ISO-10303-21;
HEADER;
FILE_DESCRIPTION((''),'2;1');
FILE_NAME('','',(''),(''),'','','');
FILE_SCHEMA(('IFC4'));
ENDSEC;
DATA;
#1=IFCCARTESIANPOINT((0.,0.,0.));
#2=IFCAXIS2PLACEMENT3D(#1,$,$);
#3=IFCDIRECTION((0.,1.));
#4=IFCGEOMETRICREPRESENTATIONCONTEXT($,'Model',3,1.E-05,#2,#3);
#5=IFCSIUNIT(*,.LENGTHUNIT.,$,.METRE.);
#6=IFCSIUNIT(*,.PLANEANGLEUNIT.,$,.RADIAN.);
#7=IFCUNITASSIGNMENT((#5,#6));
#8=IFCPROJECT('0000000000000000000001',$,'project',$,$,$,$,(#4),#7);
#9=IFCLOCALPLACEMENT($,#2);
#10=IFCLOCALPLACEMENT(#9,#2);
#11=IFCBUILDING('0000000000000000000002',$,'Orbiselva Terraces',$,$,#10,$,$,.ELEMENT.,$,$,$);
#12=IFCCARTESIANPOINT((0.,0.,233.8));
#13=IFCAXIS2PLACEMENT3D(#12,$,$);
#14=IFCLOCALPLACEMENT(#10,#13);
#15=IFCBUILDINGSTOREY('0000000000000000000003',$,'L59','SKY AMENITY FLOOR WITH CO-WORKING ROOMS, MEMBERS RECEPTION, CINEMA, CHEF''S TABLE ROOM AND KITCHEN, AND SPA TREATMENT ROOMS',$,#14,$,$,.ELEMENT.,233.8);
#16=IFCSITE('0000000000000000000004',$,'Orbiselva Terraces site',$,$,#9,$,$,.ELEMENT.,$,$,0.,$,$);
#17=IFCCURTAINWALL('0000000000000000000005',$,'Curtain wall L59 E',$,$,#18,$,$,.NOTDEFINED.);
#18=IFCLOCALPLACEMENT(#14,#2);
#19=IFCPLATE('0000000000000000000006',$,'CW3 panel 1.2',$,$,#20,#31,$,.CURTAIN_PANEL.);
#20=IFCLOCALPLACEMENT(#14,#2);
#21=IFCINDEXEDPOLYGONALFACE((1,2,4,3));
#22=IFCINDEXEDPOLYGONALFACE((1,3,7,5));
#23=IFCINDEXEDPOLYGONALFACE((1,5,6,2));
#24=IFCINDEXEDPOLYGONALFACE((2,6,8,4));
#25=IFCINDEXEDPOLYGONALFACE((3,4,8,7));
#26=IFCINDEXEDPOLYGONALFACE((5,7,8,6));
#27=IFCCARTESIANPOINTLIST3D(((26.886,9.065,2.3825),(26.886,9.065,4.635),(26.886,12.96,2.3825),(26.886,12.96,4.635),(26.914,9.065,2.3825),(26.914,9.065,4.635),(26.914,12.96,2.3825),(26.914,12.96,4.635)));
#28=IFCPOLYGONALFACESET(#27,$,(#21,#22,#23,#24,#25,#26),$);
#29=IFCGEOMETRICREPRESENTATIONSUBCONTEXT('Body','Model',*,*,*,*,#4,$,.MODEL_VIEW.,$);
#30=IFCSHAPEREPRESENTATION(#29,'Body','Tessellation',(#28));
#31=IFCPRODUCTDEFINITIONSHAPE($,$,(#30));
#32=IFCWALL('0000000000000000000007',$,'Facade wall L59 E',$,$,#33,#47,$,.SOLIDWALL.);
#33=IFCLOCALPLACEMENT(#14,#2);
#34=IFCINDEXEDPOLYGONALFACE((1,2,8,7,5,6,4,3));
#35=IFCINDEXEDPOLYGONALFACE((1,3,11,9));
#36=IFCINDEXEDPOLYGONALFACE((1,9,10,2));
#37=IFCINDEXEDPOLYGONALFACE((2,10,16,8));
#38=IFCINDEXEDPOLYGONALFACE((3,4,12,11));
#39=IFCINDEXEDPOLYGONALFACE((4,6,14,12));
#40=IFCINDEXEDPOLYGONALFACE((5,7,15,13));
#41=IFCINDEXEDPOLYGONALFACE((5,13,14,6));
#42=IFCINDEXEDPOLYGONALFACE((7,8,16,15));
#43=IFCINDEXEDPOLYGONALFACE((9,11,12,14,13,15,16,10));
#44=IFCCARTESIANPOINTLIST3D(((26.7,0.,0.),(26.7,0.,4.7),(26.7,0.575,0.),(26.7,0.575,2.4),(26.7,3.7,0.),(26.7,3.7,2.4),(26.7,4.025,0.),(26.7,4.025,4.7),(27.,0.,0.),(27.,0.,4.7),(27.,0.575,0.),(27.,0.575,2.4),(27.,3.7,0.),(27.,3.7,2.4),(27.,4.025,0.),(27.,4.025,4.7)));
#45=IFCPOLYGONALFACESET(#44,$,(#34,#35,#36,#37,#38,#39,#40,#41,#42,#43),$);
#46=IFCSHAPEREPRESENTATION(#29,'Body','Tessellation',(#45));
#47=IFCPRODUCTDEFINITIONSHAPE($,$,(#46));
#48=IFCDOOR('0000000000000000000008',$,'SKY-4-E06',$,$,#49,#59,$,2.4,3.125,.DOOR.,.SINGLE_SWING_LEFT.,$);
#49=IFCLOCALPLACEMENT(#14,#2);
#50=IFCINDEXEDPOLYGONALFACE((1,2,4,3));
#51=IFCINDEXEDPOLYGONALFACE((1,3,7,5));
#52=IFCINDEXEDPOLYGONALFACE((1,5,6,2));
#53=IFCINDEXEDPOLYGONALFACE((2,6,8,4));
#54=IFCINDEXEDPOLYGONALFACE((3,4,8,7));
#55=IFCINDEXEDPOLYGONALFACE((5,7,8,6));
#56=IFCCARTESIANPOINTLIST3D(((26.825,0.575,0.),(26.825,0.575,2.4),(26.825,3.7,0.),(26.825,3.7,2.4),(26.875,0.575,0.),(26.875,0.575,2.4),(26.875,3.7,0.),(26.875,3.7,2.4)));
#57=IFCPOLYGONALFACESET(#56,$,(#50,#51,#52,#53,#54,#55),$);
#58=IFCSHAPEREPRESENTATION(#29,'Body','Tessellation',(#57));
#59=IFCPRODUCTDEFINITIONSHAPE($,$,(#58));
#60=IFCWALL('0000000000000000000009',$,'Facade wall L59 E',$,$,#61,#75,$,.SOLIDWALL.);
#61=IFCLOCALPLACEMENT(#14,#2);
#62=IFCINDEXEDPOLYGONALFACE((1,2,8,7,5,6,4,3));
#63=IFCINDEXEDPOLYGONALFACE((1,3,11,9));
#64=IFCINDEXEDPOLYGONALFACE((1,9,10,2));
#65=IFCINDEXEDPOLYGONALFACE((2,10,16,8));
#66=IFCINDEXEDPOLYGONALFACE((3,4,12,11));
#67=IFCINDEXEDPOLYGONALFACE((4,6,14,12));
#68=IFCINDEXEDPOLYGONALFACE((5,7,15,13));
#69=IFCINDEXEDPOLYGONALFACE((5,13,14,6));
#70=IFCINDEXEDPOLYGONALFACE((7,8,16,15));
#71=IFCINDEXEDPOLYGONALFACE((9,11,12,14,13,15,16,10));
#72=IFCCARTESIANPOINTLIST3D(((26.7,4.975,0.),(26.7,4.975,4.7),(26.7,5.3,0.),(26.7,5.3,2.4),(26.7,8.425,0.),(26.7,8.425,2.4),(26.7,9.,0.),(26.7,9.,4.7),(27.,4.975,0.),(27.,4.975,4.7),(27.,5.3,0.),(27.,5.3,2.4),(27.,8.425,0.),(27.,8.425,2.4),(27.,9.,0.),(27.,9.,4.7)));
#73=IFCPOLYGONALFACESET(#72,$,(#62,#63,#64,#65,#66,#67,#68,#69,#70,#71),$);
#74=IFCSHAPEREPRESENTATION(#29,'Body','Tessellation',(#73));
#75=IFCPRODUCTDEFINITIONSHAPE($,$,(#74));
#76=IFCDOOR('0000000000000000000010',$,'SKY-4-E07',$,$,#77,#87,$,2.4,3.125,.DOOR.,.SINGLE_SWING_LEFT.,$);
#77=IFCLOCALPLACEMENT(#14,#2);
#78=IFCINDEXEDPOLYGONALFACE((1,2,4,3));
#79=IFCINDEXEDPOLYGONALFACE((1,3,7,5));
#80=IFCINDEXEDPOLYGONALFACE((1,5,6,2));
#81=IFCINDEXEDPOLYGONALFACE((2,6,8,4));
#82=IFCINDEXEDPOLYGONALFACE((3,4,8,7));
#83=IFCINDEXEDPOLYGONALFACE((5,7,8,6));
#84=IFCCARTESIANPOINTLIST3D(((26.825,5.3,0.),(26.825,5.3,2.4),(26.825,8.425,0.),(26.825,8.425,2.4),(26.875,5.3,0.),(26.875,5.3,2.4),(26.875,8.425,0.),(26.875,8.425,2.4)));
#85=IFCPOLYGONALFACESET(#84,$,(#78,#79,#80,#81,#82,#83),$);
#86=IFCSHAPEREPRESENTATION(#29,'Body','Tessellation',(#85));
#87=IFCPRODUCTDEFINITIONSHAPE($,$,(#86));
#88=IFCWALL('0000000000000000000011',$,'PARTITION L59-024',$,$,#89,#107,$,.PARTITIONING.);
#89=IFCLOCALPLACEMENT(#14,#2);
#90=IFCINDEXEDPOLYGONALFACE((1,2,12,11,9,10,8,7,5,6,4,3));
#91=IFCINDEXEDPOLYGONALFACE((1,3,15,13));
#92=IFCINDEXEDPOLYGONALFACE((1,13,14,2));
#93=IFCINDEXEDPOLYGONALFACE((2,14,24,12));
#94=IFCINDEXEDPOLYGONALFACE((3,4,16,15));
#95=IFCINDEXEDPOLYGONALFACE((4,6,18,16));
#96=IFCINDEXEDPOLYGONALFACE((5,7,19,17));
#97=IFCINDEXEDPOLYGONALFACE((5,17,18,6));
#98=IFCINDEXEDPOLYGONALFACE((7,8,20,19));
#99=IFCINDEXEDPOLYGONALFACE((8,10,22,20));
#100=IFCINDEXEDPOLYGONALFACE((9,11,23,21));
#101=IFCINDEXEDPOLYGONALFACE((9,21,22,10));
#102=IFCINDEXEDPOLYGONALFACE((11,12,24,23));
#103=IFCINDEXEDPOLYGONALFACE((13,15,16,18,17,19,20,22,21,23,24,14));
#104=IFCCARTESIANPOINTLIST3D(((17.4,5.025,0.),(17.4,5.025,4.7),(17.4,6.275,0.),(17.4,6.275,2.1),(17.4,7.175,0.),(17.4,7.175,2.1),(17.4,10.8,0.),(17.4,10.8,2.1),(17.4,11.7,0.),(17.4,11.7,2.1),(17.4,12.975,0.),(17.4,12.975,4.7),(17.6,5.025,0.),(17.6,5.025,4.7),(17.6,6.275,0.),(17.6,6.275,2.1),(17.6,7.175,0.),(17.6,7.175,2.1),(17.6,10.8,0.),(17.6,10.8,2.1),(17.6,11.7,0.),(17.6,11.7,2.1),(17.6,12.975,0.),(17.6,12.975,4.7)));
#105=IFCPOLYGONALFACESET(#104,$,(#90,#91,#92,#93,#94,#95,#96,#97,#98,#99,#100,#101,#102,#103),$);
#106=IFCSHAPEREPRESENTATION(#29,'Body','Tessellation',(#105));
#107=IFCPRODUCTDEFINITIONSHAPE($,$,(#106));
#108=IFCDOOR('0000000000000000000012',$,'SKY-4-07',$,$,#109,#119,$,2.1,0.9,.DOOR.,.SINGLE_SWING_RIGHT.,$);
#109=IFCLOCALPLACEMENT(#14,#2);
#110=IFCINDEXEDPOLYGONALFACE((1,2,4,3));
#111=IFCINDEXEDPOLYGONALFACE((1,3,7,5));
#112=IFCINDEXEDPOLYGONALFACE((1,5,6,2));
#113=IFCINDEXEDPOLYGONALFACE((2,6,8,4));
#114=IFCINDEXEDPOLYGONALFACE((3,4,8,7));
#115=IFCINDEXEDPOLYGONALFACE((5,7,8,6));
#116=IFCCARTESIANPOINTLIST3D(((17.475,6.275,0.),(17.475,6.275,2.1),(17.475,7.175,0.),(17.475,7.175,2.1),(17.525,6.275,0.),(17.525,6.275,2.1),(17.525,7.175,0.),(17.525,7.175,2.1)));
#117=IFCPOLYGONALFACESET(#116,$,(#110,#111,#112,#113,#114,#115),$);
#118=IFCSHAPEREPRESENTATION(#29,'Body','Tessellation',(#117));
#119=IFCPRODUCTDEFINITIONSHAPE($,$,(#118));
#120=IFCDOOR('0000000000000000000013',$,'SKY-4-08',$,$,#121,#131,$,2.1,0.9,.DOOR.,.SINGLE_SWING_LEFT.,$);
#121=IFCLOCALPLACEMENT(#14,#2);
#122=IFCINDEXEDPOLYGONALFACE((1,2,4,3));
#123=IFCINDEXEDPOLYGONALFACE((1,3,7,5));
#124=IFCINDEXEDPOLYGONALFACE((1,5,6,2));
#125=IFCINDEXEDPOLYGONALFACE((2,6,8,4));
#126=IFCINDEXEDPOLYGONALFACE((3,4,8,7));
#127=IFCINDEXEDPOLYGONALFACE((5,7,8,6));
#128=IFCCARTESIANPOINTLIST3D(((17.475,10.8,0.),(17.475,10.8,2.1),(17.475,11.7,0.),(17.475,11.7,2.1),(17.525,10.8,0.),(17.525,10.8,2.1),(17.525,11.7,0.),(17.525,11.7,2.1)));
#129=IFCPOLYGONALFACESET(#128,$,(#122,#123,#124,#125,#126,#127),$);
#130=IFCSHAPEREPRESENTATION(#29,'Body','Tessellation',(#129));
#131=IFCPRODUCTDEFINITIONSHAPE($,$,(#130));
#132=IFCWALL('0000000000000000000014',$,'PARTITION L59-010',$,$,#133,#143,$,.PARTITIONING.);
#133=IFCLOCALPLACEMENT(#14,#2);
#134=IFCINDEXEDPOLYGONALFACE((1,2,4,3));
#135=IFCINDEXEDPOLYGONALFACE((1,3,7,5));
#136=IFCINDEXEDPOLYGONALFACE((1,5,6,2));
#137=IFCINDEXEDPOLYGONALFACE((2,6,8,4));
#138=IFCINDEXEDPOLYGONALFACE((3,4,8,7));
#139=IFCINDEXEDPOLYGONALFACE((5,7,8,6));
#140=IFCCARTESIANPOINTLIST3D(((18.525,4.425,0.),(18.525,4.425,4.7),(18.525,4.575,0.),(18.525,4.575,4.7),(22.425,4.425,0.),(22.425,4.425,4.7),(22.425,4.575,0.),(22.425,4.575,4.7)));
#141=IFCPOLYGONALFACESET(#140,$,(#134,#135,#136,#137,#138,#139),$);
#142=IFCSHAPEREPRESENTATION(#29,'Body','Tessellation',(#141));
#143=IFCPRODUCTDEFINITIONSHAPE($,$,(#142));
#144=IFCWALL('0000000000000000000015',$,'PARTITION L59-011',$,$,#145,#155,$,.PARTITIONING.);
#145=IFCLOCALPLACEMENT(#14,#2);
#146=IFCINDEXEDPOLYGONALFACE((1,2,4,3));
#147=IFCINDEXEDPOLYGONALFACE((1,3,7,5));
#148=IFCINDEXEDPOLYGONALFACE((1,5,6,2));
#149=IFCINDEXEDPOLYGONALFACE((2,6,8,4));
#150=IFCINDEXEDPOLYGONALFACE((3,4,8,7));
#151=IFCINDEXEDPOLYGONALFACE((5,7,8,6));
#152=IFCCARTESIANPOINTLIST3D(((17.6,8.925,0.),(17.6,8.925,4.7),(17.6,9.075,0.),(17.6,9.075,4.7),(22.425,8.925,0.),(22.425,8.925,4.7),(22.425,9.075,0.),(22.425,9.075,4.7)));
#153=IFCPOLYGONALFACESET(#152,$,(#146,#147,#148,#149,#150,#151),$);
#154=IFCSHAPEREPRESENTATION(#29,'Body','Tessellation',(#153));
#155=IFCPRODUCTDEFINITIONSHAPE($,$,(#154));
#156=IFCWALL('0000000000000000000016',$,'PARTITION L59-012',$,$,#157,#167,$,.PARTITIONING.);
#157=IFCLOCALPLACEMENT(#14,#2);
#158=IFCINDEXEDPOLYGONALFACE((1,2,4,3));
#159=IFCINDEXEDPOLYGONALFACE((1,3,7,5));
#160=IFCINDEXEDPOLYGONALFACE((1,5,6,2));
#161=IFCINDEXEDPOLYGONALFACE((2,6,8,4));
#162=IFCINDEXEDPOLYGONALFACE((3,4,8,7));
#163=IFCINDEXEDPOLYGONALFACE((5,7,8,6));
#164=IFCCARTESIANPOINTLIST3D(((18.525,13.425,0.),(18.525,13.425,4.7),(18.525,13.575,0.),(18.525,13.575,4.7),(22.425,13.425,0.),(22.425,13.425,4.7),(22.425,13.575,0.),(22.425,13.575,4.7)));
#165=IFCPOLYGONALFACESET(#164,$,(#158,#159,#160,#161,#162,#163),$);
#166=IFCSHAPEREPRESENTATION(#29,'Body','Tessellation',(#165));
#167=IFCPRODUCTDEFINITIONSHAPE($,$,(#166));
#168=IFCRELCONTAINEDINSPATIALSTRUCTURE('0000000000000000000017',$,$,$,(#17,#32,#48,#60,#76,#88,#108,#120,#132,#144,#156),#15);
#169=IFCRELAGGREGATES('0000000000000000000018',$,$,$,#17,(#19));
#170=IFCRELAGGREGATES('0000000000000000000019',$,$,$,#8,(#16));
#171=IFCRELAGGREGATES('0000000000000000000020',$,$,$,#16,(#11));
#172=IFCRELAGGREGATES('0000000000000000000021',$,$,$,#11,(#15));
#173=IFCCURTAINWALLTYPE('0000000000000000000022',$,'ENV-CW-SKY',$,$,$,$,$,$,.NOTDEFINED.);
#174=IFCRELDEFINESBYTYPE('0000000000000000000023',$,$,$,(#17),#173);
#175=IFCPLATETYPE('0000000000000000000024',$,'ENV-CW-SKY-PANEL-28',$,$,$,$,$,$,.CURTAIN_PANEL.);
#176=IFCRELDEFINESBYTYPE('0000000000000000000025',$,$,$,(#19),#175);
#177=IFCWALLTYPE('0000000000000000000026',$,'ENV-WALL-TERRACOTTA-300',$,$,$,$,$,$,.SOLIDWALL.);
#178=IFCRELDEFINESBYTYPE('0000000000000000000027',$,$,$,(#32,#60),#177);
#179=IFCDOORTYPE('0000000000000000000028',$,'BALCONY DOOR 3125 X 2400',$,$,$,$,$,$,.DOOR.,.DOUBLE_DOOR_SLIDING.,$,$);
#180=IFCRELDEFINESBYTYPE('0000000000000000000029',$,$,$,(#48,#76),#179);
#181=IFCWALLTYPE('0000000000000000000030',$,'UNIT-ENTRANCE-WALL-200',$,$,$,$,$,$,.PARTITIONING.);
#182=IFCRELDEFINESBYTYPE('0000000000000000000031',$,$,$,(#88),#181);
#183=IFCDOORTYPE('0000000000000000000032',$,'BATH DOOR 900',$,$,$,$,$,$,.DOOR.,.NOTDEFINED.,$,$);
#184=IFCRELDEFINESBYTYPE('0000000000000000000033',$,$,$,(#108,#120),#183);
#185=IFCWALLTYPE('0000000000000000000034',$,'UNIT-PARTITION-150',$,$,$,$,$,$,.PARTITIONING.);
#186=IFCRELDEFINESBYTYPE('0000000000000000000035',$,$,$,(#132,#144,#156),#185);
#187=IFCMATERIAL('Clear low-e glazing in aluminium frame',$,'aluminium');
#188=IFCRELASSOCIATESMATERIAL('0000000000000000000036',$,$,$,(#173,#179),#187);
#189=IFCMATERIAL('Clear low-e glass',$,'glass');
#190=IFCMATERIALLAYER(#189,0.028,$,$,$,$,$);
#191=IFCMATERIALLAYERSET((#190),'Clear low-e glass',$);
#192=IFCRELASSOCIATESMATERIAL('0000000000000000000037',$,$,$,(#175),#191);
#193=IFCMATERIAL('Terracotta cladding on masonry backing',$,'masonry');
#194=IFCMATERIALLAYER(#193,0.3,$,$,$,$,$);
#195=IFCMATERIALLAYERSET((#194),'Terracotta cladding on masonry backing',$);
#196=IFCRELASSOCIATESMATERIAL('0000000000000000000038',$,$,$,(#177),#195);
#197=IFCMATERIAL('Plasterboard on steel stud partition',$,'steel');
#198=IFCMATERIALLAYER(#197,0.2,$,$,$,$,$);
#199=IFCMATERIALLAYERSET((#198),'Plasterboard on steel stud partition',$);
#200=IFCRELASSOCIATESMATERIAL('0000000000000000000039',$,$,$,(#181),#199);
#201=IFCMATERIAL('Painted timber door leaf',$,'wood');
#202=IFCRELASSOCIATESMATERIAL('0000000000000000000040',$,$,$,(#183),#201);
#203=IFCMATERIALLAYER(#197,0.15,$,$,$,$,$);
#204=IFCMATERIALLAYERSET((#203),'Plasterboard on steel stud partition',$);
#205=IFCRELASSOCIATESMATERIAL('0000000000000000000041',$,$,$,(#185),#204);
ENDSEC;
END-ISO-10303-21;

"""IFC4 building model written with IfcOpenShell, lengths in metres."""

from ifc_helpers import new_model, si_unit, direction, frame, frame_2d, origin, origin_2d, place, context, subcontext, project, spatial, rectangle, extrude, material, layer, layer_set, type_object, element, fill, aggregate, save


model = new_model("IFC4")

# Units and contexts
model_context = context("Model", 3, precision=1e-05, world=origin(), true_north=direction((0.0, 1.0)))
body_context = subcontext(model_context, "Body", "Model", "MODEL_VIEW")
ifc_project = project(units=[si_unit("LENGTHUNIT", "METRE"), si_unit("PLANEANGLEUNIT", "RADIAN")], contexts=[model_context])

# Site, building, storey
site_placement = place(None, origin())
site = spatial("IfcSite", under=ifc_project, at=site_placement, Name="Orbiselva Terraces site", CompositionType="ELEMENT", RefElevation=0.0)
building_placement = place(site_placement, origin())
building = spatial("IfcBuilding", under=site, at=building_placement, Name="Orbiselva Terraces", CompositionType="ELEMENT")
storey_placement = place(building_placement, frame((0.0, 0.0, 233.8)))
storey = spatial("IfcBuildingStorey", under=building, at=storey_placement, Name="L59", Description="SKY AMENITY FLOOR WITH CO-WORKING ROOMS, MEMBERS RECEPTION, CINEMA, CHEF'S TABLE ROOM AND KITCHEN, AND SPA TREATMENT ROOMS", CompositionType="ELEMENT", Elevation=233.8)

# Curtain wall
ifc_material_1 = material(Name="Clear low-e glazing in aluminium frame", Category="aluminium")
curtain_wall_type = type_object("IfcCurtainWallType", Name="ENV-CW-SKY", PredefinedType="NOTDEFINED", material=ifc_material_1)
curtain_wall_1_placement = place(storey_placement, origin())
curtain_wall_1 = element("IfcCurtainWall", 1, at=curtain_wall_1_placement, inside=storey, type_object=curtain_wall_type, Name="Curtain wall L59 E", PredefinedType="NOTDEFINED")

# Plate
ifc_material_2 = material(Name="Clear low-e glass", Category="glass")
ifc_layer_1 = layer(ifc_material_2, 0.028)
ifc_layer_set_1 = layer_set([ifc_layer_1], Name="Clear low-e glass")
plate_type = type_object("IfcPlateType", Name="ENV-CW-SKY-PANEL-28", PredefinedType="CURTAIN_PANEL", material=ifc_layer_set_1)
plate_1_placement = place(storey_placement, frame((26.9, 11.0125, 2.3825), z_axis=(0.0, 0.0, 1.0), x_axis=(0.0, 1.0, 0.0)))
plate_1 = element("IfcPlate", 2, at=plate_1_placement, type_object=plate_type, Name="CW3 panel 1.2", PredefinedType="CURTAIN_PANEL", context=body_context, shape_type="SweptSolid", body=[
    extrude(rectangle(XDim=3.895, YDim=0.028, at=origin_2d()), origin(), (0.0, 0.0, 1.0), 2.2525),
])
aggregate(curtain_wall_1, [plate_1])

# Walls, openings, doors
ifc_material_3 = material(Name="Terracotta cladding on masonry backing", Category="masonry")
ifc_layer_2 = layer(ifc_material_3, 0.3)
ifc_layer_set_2 = layer_set([ifc_layer_2], Name="Terracotta cladding on masonry backing")
wall_type_1 = type_object("IfcWallType", Name="ENV-WALL-TERRACOTTA-300", PredefinedType="SOLIDWALL", material=ifc_layer_set_2)
wall_1_placement = place(storey_placement, frame((26.85, 4.025, 0.0), z_axis=(0.0, 0.0, 1.0), x_axis=(0.0, -1.0, 0.0)))
wall_1 = element("IfcWall", 3, at=wall_1_placement, inside=storey, type_object=wall_type_1, Name="Facade wall L59 E", PredefinedType="SOLIDWALL", context=body_context, shape_type="SweptSolid", body=[
    extrude(rectangle(XDim=4.025, YDim=0.3, at=frame_2d((2.0125, 0.0))), origin(), (0.0, 0.0, 1.0), 4.7),
])
opening_1_placement = place(wall_1_placement, frame((0.325, 0.0, 0.0)))
opening_1 = element("IfcOpeningElement", 4, at=opening_1_placement, cuts=wall_1, PredefinedType="OPENING", context=body_context, shape_type="SweptSolid", body=[
    extrude(rectangle(XDim=3.125, YDim=2.4, at=frame_2d((1.5625, 1.2))), frame((0.0, 0.16, 0.0), z_axis=(0.0, -1.0, 0.0), x_axis=(1.0, 0.0, 0.0)), (0.0, 0.0, 1.0), 0.32),
])
door_type_1 = type_object("IfcDoorType", Name="BALCONY DOOR 3125 X 2400", OperationType="DOUBLE_DOOR_SLIDING", PredefinedType="DOOR", material=ifc_material_1)
door_1_placement = place(opening_1_placement, origin())
door_1 = element("IfcDoor", 5, at=door_1_placement, inside=storey, type_object=door_type_1, Name="SKY-4-E06", OperationType="SINGLE_SWING_LEFT", OverallHeight=2.4, OverallWidth=3.125, PredefinedType="DOOR", context=body_context, shape_type="SweptSolid", body=[
    extrude(rectangle(XDim=3.125, YDim=2.4, at=frame_2d((1.5625, 1.2))), frame((0.0, 0.025, 0.0), z_axis=(0.0, -1.0, 0.0), x_axis=(1.0, 0.0, 0.0)), (0.0, 0.0, 1.0), 0.05),
])
fill(opening_1, door_1)
wall_2_placement = place(storey_placement, frame((26.85, 9.0, 0.0), z_axis=(0.0, 0.0, 1.0), x_axis=(0.0, -1.0, 0.0)))
wall_2 = element("IfcWall", 6, at=wall_2_placement, inside=storey, type_object=wall_type_1, Name="Facade wall L59 E", PredefinedType="SOLIDWALL", context=body_context, shape_type="SweptSolid", body=[
    extrude(rectangle(XDim=4.025, YDim=0.3, at=frame_2d((2.0125, 0.0))), origin(), (0.0, 0.0, 1.0), 4.7),
])
opening_2_placement = place(wall_2_placement, frame((0.575, 0.0, 0.0)))
opening_2 = element("IfcOpeningElement", 7, at=opening_2_placement, cuts=wall_2, PredefinedType="OPENING", context=body_context, shape_type="SweptSolid", body=[
    extrude(rectangle(XDim=3.125, YDim=2.4, at=frame_2d((1.5625, 1.2))), frame((0.0, 0.16, 0.0), z_axis=(0.0, -1.0, 0.0), x_axis=(1.0, 0.0, 0.0)), (0.0, 0.0, 1.0), 0.32),
])
door_2_placement = place(opening_2_placement, origin())
door_2 = element("IfcDoor", 8, at=door_2_placement, inside=storey, type_object=door_type_1, Name="SKY-4-E07", OperationType="SINGLE_SWING_LEFT", OverallHeight=2.4, OverallWidth=3.125, PredefinedType="DOOR", context=body_context, shape_type="SweptSolid", body=[
    extrude(rectangle(XDim=3.125, YDim=2.4, at=frame_2d((1.5625, 1.2))), frame((0.0, 0.025, 0.0), z_axis=(0.0, -1.0, 0.0), x_axis=(1.0, 0.0, 0.0)), (0.0, 0.0, 1.0), 0.05),
])
fill(opening_2, door_2)

# Wall, openings, doors
ifc_material_4 = material(Name="Plasterboard on steel stud partition", Category="steel")
ifc_layer_3 = layer(ifc_material_4, 0.2)
ifc_layer_set_3 = layer_set([ifc_layer_3], Name="Plasterboard on steel stud partition")
wall_type_2 = type_object("IfcWallType", Name="UNIT-ENTRANCE-WALL-200", PredefinedType="PARTITIONING", material=ifc_layer_set_3)
wall_3_placement = place(storey_placement, frame((17.5, 12.975, 0.0), z_axis=(0.0, 0.0, 1.0), x_axis=(0.0, -1.0, 0.0)))
wall_3 = element("IfcWall", 9, at=wall_3_placement, inside=storey, type_object=wall_type_2, Name="PARTITION L59-024", PredefinedType="PARTITIONING", context=body_context, shape_type="SweptSolid", body=[
    extrude(rectangle(XDim=7.95, YDim=0.2, at=frame_2d((3.975, 0.0))), origin(), (0.0, 0.0, 1.0), 4.7),
])
opening_3_placement = place(wall_3_placement, frame((5.8, 0.0, 0.0)))
opening_3 = element("IfcOpeningElement", 10, at=opening_3_placement, cuts=wall_3, PredefinedType="OPENING", context=body_context, shape_type="SweptSolid", body=[
    extrude(rectangle(XDim=0.9, YDim=2.1, at=frame_2d((0.45, 1.05))), frame((0.0, 0.11, 0.0), z_axis=(0.0, -1.0, 0.0), x_axis=(1.0, 0.0, 0.0)), (0.0, 0.0, 1.0), 0.22),
])
opening_4_placement = place(wall_3_placement, frame((1.275, 0.0, 0.0)))
opening_4 = element("IfcOpeningElement", 11, at=opening_4_placement, cuts=wall_3, PredefinedType="OPENING", context=body_context, shape_type="SweptSolid", body=[
    extrude(rectangle(XDim=0.9, YDim=2.1, at=frame_2d((0.45, 1.05))), frame((0.0, 0.11, 0.0), z_axis=(0.0, -1.0, 0.0), x_axis=(1.0, 0.0, 0.0)), (0.0, 0.0, 1.0), 0.22),
])
ifc_material_5 = material(Name="Painted timber door leaf", Category="wood")
door_type_2 = type_object("IfcDoorType", Name="BATH DOOR 900", OperationType="NOTDEFINED", PredefinedType="DOOR", material=ifc_material_5)
door_3_placement = place(opening_3_placement, origin())
door_3 = element("IfcDoor", 12, at=door_3_placement, inside=storey, type_object=door_type_2, Name="SKY-4-07", OperationType="SINGLE_SWING_RIGHT", OverallHeight=2.1, OverallWidth=0.9, PredefinedType="DOOR", context=body_context, shape_type="SweptSolid", body=[
    extrude(rectangle(XDim=0.9, YDim=2.1, at=frame_2d((0.45, 1.05))), frame((0.0, 0.025, 0.0), z_axis=(0.0, -1.0, 0.0), x_axis=(1.0, 0.0, 0.0)), (0.0, 0.0, 1.0), 0.05),
])
fill(opening_3, door_3)
door_4_placement = place(opening_4_placement, origin())
door_4 = element("IfcDoor", 13, at=door_4_placement, inside=storey, type_object=door_type_2, Name="SKY-4-08", OperationType="SINGLE_SWING_LEFT", OverallHeight=2.1, OverallWidth=0.9, PredefinedType="DOOR", context=body_context, shape_type="SweptSolid", body=[
    extrude(rectangle(XDim=0.9, YDim=2.1, at=frame_2d((0.45, 1.05))), frame((0.0, 0.025, 0.0), z_axis=(0.0, -1.0, 0.0), x_axis=(1.0, 0.0, 0.0)), (0.0, 0.0, 1.0), 0.05),
])
fill(opening_4, door_4)

# Walls
ifc_layer_4 = layer(ifc_material_4, 0.15)
ifc_layer_set_4 = layer_set([ifc_layer_4], Name="Plasterboard on steel stud partition")
wall_type_3 = type_object("IfcWallType", Name="UNIT-PARTITION-150", PredefinedType="PARTITIONING", material=ifc_layer_set_4)
wall_4_placement = place(storey_placement, frame((18.525, 4.5, 0.0), z_axis=(0.0, 0.0, 1.0), x_axis=(1.0, 0.0, 0.0)))
element("IfcWall", 14, at=wall_4_placement, inside=storey, type_object=wall_type_3, Name="PARTITION L59-010", PredefinedType="PARTITIONING", context=body_context, shape_type="SweptSolid", body=[
    extrude(rectangle(XDim=3.9, YDim=0.15, at=frame_2d((1.95, 0.0))), origin(), (0.0, 0.0, 1.0), 4.7),
])
wall_5_placement = place(storey_placement, frame((17.6, 9.0, 0.0), z_axis=(0.0, 0.0, 1.0), x_axis=(1.0, 0.0, 0.0)))
element("IfcWall", 15, at=wall_5_placement, inside=storey, type_object=wall_type_3, Name="PARTITION L59-011", PredefinedType="PARTITIONING", context=body_context, shape_type="SweptSolid", body=[
    extrude(rectangle(XDim=4.825, YDim=0.15, at=frame_2d((2.4125, 0.0))), origin(), (0.0, 0.0, 1.0), 4.7),
])
wall_6_placement = place(storey_placement, frame((18.525, 13.5, 0.0), z_axis=(0.0, 0.0, 1.0), x_axis=(1.0, 0.0, 0.0)))
element("IfcWall", 16, at=wall_6_placement, inside=storey, type_object=wall_type_3, Name="PARTITION L59-012", PredefinedType="PARTITIONING", context=body_context, shape_type="SweptSolid", body=[
    extrude(rectangle(XDim=3.9, YDim=0.15, at=frame_2d((1.95, 0.0))), origin(), (0.0, 0.0, 1.0), 4.7),
])

save(model, "model.ifc")
